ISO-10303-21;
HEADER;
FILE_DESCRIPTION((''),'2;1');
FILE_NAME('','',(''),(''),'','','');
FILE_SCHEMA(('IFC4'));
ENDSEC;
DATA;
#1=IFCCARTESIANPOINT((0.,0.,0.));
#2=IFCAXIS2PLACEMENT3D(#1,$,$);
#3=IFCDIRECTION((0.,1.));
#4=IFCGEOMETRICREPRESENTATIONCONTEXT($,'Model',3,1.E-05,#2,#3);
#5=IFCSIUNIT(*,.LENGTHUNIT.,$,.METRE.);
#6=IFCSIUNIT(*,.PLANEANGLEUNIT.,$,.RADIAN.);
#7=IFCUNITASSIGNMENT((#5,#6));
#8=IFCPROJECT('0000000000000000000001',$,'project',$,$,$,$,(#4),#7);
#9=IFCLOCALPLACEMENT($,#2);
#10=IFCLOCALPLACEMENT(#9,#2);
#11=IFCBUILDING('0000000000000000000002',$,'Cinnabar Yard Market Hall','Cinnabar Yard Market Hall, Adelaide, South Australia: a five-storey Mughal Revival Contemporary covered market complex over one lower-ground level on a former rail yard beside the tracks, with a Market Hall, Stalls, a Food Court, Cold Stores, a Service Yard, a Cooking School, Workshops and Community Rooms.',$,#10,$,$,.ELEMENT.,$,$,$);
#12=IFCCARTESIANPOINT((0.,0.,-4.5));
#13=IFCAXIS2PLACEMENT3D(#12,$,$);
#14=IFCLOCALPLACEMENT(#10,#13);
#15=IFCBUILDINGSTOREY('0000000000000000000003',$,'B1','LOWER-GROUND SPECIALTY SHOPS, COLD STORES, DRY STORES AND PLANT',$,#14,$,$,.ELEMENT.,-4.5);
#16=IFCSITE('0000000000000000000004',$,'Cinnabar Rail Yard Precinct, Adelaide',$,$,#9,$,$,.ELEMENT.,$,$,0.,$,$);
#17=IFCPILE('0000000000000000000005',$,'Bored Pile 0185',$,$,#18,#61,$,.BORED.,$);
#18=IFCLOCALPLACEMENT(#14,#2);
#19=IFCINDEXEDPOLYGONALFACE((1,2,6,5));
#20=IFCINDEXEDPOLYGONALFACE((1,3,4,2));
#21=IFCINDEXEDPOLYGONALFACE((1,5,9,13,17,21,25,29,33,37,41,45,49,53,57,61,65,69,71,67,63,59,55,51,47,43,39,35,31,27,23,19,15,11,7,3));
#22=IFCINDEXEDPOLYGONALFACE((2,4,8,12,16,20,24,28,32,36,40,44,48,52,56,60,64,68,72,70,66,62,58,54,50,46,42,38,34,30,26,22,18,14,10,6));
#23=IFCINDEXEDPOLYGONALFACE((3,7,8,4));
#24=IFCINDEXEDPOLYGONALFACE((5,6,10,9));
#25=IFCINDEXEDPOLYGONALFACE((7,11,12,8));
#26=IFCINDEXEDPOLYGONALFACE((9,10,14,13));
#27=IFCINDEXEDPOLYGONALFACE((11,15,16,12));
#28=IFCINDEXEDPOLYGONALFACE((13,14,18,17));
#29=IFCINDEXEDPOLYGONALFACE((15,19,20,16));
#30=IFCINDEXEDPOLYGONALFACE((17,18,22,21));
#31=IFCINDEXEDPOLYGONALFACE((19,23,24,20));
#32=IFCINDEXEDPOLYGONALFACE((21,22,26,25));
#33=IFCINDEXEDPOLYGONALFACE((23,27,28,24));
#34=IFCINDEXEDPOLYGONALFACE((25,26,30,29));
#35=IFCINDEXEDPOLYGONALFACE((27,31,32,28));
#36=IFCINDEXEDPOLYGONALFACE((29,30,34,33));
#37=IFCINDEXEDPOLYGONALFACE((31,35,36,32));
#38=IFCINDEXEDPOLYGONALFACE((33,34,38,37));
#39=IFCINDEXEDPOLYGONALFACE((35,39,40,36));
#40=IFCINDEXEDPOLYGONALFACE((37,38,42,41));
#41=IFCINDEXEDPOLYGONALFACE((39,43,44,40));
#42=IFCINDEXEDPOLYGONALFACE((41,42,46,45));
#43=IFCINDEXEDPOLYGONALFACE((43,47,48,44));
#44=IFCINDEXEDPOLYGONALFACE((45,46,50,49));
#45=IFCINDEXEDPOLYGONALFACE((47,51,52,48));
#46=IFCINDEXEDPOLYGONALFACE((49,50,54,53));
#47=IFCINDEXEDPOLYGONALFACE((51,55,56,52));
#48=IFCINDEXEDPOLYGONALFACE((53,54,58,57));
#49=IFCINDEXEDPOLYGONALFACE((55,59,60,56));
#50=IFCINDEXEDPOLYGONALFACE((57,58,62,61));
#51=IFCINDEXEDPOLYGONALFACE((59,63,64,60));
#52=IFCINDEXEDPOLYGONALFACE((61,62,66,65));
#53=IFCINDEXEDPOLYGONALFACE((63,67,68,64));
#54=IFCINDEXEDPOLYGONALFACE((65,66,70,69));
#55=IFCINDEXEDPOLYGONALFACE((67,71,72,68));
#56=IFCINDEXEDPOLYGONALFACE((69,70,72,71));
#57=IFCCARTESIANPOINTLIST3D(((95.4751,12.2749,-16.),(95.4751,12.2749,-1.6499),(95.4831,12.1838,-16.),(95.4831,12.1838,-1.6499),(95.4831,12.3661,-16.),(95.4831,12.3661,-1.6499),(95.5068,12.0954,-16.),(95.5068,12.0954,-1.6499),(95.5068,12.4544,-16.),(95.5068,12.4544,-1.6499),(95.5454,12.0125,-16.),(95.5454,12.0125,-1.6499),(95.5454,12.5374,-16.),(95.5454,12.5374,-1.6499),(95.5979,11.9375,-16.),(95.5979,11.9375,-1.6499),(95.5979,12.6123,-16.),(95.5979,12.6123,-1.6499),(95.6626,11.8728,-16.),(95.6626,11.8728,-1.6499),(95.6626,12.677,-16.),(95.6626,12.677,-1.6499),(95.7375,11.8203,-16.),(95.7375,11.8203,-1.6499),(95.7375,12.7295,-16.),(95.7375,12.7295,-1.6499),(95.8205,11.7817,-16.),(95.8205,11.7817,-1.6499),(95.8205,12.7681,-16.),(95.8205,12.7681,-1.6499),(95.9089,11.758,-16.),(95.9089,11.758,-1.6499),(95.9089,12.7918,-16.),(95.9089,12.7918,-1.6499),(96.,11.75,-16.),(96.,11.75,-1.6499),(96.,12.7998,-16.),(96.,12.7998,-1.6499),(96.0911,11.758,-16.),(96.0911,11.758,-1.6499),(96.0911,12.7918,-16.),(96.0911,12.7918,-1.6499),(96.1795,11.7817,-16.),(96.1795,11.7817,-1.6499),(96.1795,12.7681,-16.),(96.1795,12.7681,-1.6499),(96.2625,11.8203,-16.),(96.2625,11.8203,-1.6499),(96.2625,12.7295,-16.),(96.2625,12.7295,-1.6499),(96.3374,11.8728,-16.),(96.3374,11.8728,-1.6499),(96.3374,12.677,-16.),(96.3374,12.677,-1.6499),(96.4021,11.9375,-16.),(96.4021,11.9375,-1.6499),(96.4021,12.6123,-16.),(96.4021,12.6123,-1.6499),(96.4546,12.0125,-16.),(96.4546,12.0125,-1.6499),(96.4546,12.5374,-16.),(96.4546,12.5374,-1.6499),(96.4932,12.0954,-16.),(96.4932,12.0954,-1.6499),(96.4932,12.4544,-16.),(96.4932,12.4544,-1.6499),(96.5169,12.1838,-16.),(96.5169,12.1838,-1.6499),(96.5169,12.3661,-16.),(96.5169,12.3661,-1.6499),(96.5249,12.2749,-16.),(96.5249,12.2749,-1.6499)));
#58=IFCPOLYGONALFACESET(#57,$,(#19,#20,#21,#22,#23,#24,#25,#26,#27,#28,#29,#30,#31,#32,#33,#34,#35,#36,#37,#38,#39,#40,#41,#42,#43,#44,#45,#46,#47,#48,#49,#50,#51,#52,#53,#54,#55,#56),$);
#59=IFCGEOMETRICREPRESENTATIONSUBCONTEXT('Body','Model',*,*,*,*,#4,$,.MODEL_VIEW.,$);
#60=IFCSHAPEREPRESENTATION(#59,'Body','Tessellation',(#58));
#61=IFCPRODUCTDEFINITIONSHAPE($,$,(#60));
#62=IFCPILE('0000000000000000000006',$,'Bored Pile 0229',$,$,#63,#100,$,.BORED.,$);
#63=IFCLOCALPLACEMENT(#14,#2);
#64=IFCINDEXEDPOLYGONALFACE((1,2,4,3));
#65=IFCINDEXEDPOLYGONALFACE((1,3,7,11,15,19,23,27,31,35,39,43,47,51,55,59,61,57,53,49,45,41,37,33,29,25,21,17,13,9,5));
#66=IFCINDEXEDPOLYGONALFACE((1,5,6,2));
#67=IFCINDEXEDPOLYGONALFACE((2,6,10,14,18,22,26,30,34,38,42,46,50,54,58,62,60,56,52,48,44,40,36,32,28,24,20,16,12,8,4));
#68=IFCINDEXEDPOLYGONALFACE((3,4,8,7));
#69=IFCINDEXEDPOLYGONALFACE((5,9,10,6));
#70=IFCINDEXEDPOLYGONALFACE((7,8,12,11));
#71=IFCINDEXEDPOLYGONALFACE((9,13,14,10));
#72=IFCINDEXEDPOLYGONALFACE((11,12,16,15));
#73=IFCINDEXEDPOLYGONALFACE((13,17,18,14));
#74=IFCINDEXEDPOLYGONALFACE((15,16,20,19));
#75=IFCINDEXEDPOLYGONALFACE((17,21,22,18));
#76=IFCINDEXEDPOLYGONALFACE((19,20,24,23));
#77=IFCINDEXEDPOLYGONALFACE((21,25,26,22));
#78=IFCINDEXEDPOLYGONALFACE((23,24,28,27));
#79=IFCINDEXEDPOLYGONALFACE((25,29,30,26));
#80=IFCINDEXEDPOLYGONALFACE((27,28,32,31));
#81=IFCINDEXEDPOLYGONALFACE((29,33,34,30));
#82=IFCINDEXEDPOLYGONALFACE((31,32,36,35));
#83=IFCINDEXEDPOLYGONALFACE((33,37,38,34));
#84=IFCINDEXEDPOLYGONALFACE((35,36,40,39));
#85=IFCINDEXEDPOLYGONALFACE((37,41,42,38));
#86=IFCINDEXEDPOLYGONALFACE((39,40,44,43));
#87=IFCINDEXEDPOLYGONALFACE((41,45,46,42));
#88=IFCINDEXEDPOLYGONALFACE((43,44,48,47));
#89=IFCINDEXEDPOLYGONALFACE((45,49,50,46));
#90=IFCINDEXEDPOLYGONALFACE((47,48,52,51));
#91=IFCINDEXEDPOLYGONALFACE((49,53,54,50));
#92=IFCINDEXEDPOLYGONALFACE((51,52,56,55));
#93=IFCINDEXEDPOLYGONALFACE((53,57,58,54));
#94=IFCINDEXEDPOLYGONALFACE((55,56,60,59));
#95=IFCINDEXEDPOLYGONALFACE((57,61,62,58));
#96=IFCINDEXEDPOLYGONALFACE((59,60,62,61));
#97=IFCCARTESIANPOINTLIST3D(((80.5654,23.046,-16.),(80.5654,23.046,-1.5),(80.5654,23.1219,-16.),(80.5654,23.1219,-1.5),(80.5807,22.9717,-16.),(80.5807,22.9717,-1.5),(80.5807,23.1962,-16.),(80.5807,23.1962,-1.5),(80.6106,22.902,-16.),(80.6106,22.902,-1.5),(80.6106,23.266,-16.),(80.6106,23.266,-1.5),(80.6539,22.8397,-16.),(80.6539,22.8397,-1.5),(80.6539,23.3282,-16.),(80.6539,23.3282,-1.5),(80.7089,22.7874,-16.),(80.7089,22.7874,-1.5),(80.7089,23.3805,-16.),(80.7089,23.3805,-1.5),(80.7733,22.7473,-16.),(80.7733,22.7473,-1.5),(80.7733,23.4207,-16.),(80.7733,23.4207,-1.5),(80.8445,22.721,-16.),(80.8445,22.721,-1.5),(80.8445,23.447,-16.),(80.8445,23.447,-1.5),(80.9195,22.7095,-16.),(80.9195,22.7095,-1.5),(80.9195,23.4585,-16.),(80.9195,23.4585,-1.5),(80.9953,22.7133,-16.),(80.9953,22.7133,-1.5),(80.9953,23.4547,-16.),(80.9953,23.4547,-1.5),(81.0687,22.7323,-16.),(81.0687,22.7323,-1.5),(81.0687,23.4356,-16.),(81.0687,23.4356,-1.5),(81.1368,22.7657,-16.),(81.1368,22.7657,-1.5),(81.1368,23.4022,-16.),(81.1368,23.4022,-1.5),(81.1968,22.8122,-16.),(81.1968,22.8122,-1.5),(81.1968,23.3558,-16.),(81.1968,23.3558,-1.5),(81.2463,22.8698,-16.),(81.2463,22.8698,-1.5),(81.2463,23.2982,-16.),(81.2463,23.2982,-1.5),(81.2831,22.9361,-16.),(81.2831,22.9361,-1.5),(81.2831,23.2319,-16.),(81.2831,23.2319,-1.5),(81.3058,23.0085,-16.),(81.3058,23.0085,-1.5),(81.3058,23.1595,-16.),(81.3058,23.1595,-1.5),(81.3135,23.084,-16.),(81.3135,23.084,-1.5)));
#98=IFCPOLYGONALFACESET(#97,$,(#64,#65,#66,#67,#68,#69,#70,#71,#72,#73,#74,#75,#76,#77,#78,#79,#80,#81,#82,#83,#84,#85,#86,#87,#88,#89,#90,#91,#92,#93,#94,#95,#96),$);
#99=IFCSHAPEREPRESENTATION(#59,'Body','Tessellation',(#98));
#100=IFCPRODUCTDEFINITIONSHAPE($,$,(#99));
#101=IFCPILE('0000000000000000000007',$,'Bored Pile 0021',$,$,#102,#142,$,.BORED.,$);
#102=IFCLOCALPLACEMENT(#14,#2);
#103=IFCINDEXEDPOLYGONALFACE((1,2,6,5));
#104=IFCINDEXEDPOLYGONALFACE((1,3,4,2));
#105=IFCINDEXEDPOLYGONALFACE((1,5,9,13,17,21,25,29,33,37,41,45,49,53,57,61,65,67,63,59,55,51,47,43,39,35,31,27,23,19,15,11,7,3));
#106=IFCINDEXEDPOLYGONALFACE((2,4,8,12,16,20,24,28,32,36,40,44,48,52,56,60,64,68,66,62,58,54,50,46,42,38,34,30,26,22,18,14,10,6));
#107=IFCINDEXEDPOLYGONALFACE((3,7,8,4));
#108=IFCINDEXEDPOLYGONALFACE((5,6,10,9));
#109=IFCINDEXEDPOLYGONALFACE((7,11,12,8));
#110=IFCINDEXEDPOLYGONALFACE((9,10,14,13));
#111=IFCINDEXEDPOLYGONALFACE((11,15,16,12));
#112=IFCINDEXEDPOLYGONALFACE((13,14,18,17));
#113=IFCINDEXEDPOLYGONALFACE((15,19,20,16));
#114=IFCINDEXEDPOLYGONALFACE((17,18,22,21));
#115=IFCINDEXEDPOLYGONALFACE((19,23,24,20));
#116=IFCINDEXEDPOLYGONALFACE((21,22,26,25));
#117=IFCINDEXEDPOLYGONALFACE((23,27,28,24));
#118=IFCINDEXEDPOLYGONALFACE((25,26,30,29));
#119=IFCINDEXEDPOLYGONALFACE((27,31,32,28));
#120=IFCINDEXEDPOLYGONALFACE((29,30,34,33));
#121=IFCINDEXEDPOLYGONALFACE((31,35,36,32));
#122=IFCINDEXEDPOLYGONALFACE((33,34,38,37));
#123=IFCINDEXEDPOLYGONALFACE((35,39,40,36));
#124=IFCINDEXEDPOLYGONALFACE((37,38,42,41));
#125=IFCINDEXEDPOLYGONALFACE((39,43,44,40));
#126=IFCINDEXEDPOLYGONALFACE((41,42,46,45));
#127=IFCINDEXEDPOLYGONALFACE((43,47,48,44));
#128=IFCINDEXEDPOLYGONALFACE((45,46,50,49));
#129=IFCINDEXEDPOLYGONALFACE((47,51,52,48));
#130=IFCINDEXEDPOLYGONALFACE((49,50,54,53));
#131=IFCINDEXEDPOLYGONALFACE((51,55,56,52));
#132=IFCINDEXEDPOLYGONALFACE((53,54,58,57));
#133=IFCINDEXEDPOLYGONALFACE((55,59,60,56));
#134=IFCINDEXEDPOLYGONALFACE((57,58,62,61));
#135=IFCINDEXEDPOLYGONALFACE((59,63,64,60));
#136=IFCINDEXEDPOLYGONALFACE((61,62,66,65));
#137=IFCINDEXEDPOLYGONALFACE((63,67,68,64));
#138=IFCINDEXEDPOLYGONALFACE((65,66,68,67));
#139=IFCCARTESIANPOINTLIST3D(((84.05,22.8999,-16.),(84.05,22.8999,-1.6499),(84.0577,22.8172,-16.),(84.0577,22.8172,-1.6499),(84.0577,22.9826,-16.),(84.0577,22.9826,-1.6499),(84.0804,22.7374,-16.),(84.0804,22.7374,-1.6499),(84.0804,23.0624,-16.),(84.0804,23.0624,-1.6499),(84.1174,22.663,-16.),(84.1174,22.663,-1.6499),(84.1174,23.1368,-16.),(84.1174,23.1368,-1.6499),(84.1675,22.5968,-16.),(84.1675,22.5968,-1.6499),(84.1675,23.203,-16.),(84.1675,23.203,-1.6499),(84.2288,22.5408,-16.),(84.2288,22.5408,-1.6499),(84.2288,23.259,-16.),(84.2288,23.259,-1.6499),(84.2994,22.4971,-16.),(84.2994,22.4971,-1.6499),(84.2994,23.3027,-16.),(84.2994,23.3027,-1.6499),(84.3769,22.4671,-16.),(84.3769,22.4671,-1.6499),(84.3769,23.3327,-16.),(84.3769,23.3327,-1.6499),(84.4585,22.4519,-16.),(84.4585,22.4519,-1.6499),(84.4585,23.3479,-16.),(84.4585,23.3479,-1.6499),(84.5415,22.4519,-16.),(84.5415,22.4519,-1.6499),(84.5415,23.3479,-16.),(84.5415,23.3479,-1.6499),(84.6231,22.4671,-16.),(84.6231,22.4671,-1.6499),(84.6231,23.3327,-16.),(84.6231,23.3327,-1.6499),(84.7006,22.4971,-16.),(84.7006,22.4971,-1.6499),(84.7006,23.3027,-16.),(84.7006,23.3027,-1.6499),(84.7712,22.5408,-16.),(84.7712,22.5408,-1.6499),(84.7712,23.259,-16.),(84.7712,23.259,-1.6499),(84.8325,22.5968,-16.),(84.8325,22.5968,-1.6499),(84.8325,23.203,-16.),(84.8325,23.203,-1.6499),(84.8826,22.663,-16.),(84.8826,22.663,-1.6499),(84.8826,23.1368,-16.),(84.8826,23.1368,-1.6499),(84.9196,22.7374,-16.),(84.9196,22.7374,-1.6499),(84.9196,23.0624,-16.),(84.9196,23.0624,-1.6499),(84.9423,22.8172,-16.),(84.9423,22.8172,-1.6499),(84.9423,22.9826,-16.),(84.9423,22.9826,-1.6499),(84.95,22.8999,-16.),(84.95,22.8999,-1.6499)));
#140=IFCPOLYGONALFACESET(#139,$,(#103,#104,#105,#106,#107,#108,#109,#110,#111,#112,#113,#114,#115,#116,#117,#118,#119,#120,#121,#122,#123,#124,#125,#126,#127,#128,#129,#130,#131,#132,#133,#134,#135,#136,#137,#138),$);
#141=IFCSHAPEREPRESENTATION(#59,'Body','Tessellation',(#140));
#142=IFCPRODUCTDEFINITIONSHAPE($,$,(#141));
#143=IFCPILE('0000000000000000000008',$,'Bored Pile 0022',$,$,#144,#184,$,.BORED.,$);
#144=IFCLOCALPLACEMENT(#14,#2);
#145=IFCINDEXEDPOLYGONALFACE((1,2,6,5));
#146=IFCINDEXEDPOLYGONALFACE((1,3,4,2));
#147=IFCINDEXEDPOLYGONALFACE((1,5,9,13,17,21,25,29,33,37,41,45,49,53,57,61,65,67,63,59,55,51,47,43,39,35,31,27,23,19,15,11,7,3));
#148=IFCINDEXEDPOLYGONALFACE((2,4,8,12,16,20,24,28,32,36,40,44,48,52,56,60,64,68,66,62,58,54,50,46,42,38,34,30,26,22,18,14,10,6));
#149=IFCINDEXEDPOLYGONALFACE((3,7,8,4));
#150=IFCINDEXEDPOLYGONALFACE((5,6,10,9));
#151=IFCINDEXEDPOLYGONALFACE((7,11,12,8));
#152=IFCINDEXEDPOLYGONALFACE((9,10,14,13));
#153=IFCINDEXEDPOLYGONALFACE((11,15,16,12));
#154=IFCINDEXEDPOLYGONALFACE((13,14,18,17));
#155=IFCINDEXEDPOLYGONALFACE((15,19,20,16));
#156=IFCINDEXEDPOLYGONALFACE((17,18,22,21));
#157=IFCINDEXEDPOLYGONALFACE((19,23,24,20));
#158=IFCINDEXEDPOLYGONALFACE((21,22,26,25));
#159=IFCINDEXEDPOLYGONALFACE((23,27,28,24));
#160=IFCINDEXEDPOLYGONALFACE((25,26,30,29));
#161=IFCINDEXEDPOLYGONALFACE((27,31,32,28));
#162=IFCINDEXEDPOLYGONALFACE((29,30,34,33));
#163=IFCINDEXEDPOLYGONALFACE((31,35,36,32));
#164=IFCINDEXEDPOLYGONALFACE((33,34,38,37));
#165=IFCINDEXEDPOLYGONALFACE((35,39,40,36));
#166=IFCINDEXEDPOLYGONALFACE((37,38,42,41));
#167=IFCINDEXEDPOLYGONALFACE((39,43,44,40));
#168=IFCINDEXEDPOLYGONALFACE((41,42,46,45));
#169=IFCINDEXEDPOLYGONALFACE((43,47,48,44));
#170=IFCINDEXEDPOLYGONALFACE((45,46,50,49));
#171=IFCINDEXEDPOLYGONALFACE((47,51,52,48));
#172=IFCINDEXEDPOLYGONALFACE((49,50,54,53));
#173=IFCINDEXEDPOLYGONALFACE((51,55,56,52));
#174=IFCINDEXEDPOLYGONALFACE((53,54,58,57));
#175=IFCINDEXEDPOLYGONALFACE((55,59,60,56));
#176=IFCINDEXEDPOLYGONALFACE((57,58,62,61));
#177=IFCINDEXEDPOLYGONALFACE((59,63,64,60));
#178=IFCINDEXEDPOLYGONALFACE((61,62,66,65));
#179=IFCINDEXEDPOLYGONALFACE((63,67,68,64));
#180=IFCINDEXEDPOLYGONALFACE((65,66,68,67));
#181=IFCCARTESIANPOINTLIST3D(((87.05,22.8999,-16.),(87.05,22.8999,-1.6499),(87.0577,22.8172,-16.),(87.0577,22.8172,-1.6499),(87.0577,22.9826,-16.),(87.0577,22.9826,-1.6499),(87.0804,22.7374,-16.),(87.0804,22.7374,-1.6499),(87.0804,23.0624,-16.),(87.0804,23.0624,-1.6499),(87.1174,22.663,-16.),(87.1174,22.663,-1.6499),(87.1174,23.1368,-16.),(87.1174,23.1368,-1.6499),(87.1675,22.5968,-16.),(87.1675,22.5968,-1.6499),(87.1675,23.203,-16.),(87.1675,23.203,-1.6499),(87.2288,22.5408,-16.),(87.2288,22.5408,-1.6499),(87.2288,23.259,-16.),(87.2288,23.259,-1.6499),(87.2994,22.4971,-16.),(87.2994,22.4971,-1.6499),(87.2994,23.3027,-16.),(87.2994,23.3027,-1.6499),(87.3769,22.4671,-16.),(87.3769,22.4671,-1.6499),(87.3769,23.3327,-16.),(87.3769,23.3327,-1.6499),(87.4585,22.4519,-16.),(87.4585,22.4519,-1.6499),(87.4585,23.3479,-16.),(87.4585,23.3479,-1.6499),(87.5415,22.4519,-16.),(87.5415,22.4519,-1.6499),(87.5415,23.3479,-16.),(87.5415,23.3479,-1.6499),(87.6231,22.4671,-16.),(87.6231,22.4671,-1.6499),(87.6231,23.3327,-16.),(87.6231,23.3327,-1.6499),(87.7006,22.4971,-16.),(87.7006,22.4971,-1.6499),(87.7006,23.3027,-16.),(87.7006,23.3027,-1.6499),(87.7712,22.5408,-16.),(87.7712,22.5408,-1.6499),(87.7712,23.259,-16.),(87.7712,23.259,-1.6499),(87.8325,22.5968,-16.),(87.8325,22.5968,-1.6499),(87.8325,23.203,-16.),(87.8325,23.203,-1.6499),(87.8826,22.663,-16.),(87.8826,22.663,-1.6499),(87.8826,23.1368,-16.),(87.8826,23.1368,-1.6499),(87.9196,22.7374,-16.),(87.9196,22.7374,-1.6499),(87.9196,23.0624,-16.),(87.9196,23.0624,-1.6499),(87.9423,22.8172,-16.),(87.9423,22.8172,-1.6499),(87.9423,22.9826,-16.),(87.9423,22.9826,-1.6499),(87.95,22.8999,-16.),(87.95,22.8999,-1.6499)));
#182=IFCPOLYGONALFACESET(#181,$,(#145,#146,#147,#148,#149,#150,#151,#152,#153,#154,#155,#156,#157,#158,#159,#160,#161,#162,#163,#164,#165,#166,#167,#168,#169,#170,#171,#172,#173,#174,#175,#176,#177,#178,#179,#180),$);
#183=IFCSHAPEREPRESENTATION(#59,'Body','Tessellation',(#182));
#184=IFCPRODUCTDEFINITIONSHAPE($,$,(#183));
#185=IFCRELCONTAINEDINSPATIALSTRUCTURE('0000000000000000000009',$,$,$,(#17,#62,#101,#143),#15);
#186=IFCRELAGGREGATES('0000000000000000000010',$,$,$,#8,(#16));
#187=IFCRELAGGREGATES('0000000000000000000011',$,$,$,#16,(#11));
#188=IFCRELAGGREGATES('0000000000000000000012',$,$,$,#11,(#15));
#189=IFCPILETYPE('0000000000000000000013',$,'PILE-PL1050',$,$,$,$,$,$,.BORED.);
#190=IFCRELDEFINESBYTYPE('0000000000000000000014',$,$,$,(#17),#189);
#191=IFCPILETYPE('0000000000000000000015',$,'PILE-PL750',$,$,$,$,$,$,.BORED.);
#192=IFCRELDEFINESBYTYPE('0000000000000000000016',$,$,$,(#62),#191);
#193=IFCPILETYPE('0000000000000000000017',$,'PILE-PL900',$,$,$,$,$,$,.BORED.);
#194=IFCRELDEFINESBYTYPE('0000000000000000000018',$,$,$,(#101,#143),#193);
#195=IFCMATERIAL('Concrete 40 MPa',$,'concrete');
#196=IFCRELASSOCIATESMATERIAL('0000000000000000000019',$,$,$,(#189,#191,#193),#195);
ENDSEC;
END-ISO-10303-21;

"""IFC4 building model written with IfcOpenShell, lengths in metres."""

from ifc_helpers import new_model, si_unit, direction, frame, origin, origin_2d_with_axis, place, context, subcontext, project, spatial, circle, extrude, material, material_profile, profile_set, type_object, element, save


model = new_model("IFC4")

# Units and contexts
model_context = context("Model", 3, precision=1e-05, world=origin(), true_north=direction((0.0, 1.0)))
body_context = subcontext(model_context, "Body", "Model", "MODEL_VIEW")
ifc_project = project(units=[si_unit("LENGTHUNIT", "METRE"), si_unit("PLANEANGLEUNIT", "RADIAN")], contexts=[model_context])

# Site, building, storey
site_placement = place(None, origin())
site = spatial("IfcSite", under=ifc_project, at=site_placement, Name="Cinnabar Rail Yard Precinct, Adelaide", CompositionType="ELEMENT", RefElevation=0.0)
building_placement = place(site_placement, origin())
building = spatial("IfcBuilding", under=site, at=building_placement, Name="Cinnabar Yard Market Hall", Description="Cinnabar Yard Market Hall, Adelaide, South Australia: a five-storey Mughal Revival Contemporary covered market complex over one lower-ground level on a former rail yard beside the tracks, with a Market Hall, Stalls, a Food Court, Cold Stores, a Service Yard, a Cooking School, Workshops and Community Rooms.", CompositionType="ELEMENT")
storey_placement = place(building_placement, frame((0.0, 0.0, -4.5)))
storey = spatial("IfcBuildingStorey", under=building, at=storey_placement, Name="B1", Description="LOWER-GROUND SPECIALTY SHOPS, COLD STORES, DRY STORES AND PLANT", CompositionType="ELEMENT", Elevation=-4.5)

# Shared definitions
ifc_material_1 = material(Name="Concrete 40 MPa", Category="concrete")

# Piles
ifc_material_profile_1 = material_profile(ifc_material_1, circle(Radius=0.5249, at=origin_2d_with_axis()), Name="PILE-D1050")
ifc_profile_set_1 = profile_set([ifc_material_profile_1], Name="Concrete 40 MPa")
pile_type_1 = type_object("IfcPileType", Name="PILE-PL1050", PredefinedType="BORED", material=ifc_profile_set_1)
for number, where, z_axis, x_axis, name in (
    (1, (96.0, 12.2749, -1.6499), (0.0, 0.0, -1.0), (1.0, 0.0, 0.0), "Bored Pile 0185"),
):
    element("IfcPile", number, at=place(storey_placement, frame(where, z_axis=z_axis, x_axis=x_axis)), inside=storey, type_object=pile_type_1, Name=name, PredefinedType="BORED", context=body_context, shape_type="SweptSolid", body=[
        extrude(circle(Radius=0.5249, at=origin_2d_with_axis()), origin(), (0.0, 0.0, 1.0), 14.3501),
    ])
ifc_material_profile_2 = material_profile(ifc_material_1, circle(Radius=0.375, at=origin_2d_with_axis()), Name="PILE-D750")
ifc_profile_set_2 = profile_set([ifc_material_profile_2], Name="Concrete 40 MPa")
pile_type_2 = type_object("IfcPileType", Name="PILE-PL750", PredefinedType="BORED", material=ifc_profile_set_2)
pile_1_placement = place(storey_placement, frame((80.9385, 23.084, -1.5), z_axis=(0.0, 0.0, -1.0), x_axis=(1.0, 0.0, 0.0)))
element("IfcPile", 2, at=pile_1_placement, inside=storey, type_object=pile_type_2, Name="Bored Pile 0229", PredefinedType="BORED", context=body_context, shape_type="SweptSolid", body=[
    extrude(circle(Radius=0.375, at=origin_2d_with_axis()), origin(), (0.0, 0.0, 1.0), 14.5),
])
ifc_material_profile_3 = material_profile(ifc_material_1, circle(Radius=0.45, at=origin_2d_with_axis()), Name="PILE-D900")
ifc_profile_set_3 = profile_set([ifc_material_profile_3], Name="Concrete 40 MPa")
pile_type_3 = type_object("IfcPileType", Name="PILE-PL900", PredefinedType="BORED", material=ifc_profile_set_3)
for number, where, z_axis, x_axis, name in (
    (3, (84.5, 22.8999, -1.6499), (0.0, 0.0, -1.0), (1.0, 0.0, 0.0), "Bored Pile 0021"),
    (4, (87.5, 22.8999, -1.6499), (0.0, 0.0, -1.0), (1.0, 0.0, 0.0), "Bored Pile 0022"),
):
    element("IfcPile", number, at=place(storey_placement, frame(where, z_axis=z_axis, x_axis=x_axis)), inside=storey, type_object=pile_type_3, Name=name, PredefinedType="BORED", context=body_context, shape_type="SweptSolid", body=[
        extrude(circle(Radius=0.45, at=origin_2d_with_axis()), origin(), (0.0, 0.0, 1.0), 14.3501),
    ])

save(model, "model.ifc")
